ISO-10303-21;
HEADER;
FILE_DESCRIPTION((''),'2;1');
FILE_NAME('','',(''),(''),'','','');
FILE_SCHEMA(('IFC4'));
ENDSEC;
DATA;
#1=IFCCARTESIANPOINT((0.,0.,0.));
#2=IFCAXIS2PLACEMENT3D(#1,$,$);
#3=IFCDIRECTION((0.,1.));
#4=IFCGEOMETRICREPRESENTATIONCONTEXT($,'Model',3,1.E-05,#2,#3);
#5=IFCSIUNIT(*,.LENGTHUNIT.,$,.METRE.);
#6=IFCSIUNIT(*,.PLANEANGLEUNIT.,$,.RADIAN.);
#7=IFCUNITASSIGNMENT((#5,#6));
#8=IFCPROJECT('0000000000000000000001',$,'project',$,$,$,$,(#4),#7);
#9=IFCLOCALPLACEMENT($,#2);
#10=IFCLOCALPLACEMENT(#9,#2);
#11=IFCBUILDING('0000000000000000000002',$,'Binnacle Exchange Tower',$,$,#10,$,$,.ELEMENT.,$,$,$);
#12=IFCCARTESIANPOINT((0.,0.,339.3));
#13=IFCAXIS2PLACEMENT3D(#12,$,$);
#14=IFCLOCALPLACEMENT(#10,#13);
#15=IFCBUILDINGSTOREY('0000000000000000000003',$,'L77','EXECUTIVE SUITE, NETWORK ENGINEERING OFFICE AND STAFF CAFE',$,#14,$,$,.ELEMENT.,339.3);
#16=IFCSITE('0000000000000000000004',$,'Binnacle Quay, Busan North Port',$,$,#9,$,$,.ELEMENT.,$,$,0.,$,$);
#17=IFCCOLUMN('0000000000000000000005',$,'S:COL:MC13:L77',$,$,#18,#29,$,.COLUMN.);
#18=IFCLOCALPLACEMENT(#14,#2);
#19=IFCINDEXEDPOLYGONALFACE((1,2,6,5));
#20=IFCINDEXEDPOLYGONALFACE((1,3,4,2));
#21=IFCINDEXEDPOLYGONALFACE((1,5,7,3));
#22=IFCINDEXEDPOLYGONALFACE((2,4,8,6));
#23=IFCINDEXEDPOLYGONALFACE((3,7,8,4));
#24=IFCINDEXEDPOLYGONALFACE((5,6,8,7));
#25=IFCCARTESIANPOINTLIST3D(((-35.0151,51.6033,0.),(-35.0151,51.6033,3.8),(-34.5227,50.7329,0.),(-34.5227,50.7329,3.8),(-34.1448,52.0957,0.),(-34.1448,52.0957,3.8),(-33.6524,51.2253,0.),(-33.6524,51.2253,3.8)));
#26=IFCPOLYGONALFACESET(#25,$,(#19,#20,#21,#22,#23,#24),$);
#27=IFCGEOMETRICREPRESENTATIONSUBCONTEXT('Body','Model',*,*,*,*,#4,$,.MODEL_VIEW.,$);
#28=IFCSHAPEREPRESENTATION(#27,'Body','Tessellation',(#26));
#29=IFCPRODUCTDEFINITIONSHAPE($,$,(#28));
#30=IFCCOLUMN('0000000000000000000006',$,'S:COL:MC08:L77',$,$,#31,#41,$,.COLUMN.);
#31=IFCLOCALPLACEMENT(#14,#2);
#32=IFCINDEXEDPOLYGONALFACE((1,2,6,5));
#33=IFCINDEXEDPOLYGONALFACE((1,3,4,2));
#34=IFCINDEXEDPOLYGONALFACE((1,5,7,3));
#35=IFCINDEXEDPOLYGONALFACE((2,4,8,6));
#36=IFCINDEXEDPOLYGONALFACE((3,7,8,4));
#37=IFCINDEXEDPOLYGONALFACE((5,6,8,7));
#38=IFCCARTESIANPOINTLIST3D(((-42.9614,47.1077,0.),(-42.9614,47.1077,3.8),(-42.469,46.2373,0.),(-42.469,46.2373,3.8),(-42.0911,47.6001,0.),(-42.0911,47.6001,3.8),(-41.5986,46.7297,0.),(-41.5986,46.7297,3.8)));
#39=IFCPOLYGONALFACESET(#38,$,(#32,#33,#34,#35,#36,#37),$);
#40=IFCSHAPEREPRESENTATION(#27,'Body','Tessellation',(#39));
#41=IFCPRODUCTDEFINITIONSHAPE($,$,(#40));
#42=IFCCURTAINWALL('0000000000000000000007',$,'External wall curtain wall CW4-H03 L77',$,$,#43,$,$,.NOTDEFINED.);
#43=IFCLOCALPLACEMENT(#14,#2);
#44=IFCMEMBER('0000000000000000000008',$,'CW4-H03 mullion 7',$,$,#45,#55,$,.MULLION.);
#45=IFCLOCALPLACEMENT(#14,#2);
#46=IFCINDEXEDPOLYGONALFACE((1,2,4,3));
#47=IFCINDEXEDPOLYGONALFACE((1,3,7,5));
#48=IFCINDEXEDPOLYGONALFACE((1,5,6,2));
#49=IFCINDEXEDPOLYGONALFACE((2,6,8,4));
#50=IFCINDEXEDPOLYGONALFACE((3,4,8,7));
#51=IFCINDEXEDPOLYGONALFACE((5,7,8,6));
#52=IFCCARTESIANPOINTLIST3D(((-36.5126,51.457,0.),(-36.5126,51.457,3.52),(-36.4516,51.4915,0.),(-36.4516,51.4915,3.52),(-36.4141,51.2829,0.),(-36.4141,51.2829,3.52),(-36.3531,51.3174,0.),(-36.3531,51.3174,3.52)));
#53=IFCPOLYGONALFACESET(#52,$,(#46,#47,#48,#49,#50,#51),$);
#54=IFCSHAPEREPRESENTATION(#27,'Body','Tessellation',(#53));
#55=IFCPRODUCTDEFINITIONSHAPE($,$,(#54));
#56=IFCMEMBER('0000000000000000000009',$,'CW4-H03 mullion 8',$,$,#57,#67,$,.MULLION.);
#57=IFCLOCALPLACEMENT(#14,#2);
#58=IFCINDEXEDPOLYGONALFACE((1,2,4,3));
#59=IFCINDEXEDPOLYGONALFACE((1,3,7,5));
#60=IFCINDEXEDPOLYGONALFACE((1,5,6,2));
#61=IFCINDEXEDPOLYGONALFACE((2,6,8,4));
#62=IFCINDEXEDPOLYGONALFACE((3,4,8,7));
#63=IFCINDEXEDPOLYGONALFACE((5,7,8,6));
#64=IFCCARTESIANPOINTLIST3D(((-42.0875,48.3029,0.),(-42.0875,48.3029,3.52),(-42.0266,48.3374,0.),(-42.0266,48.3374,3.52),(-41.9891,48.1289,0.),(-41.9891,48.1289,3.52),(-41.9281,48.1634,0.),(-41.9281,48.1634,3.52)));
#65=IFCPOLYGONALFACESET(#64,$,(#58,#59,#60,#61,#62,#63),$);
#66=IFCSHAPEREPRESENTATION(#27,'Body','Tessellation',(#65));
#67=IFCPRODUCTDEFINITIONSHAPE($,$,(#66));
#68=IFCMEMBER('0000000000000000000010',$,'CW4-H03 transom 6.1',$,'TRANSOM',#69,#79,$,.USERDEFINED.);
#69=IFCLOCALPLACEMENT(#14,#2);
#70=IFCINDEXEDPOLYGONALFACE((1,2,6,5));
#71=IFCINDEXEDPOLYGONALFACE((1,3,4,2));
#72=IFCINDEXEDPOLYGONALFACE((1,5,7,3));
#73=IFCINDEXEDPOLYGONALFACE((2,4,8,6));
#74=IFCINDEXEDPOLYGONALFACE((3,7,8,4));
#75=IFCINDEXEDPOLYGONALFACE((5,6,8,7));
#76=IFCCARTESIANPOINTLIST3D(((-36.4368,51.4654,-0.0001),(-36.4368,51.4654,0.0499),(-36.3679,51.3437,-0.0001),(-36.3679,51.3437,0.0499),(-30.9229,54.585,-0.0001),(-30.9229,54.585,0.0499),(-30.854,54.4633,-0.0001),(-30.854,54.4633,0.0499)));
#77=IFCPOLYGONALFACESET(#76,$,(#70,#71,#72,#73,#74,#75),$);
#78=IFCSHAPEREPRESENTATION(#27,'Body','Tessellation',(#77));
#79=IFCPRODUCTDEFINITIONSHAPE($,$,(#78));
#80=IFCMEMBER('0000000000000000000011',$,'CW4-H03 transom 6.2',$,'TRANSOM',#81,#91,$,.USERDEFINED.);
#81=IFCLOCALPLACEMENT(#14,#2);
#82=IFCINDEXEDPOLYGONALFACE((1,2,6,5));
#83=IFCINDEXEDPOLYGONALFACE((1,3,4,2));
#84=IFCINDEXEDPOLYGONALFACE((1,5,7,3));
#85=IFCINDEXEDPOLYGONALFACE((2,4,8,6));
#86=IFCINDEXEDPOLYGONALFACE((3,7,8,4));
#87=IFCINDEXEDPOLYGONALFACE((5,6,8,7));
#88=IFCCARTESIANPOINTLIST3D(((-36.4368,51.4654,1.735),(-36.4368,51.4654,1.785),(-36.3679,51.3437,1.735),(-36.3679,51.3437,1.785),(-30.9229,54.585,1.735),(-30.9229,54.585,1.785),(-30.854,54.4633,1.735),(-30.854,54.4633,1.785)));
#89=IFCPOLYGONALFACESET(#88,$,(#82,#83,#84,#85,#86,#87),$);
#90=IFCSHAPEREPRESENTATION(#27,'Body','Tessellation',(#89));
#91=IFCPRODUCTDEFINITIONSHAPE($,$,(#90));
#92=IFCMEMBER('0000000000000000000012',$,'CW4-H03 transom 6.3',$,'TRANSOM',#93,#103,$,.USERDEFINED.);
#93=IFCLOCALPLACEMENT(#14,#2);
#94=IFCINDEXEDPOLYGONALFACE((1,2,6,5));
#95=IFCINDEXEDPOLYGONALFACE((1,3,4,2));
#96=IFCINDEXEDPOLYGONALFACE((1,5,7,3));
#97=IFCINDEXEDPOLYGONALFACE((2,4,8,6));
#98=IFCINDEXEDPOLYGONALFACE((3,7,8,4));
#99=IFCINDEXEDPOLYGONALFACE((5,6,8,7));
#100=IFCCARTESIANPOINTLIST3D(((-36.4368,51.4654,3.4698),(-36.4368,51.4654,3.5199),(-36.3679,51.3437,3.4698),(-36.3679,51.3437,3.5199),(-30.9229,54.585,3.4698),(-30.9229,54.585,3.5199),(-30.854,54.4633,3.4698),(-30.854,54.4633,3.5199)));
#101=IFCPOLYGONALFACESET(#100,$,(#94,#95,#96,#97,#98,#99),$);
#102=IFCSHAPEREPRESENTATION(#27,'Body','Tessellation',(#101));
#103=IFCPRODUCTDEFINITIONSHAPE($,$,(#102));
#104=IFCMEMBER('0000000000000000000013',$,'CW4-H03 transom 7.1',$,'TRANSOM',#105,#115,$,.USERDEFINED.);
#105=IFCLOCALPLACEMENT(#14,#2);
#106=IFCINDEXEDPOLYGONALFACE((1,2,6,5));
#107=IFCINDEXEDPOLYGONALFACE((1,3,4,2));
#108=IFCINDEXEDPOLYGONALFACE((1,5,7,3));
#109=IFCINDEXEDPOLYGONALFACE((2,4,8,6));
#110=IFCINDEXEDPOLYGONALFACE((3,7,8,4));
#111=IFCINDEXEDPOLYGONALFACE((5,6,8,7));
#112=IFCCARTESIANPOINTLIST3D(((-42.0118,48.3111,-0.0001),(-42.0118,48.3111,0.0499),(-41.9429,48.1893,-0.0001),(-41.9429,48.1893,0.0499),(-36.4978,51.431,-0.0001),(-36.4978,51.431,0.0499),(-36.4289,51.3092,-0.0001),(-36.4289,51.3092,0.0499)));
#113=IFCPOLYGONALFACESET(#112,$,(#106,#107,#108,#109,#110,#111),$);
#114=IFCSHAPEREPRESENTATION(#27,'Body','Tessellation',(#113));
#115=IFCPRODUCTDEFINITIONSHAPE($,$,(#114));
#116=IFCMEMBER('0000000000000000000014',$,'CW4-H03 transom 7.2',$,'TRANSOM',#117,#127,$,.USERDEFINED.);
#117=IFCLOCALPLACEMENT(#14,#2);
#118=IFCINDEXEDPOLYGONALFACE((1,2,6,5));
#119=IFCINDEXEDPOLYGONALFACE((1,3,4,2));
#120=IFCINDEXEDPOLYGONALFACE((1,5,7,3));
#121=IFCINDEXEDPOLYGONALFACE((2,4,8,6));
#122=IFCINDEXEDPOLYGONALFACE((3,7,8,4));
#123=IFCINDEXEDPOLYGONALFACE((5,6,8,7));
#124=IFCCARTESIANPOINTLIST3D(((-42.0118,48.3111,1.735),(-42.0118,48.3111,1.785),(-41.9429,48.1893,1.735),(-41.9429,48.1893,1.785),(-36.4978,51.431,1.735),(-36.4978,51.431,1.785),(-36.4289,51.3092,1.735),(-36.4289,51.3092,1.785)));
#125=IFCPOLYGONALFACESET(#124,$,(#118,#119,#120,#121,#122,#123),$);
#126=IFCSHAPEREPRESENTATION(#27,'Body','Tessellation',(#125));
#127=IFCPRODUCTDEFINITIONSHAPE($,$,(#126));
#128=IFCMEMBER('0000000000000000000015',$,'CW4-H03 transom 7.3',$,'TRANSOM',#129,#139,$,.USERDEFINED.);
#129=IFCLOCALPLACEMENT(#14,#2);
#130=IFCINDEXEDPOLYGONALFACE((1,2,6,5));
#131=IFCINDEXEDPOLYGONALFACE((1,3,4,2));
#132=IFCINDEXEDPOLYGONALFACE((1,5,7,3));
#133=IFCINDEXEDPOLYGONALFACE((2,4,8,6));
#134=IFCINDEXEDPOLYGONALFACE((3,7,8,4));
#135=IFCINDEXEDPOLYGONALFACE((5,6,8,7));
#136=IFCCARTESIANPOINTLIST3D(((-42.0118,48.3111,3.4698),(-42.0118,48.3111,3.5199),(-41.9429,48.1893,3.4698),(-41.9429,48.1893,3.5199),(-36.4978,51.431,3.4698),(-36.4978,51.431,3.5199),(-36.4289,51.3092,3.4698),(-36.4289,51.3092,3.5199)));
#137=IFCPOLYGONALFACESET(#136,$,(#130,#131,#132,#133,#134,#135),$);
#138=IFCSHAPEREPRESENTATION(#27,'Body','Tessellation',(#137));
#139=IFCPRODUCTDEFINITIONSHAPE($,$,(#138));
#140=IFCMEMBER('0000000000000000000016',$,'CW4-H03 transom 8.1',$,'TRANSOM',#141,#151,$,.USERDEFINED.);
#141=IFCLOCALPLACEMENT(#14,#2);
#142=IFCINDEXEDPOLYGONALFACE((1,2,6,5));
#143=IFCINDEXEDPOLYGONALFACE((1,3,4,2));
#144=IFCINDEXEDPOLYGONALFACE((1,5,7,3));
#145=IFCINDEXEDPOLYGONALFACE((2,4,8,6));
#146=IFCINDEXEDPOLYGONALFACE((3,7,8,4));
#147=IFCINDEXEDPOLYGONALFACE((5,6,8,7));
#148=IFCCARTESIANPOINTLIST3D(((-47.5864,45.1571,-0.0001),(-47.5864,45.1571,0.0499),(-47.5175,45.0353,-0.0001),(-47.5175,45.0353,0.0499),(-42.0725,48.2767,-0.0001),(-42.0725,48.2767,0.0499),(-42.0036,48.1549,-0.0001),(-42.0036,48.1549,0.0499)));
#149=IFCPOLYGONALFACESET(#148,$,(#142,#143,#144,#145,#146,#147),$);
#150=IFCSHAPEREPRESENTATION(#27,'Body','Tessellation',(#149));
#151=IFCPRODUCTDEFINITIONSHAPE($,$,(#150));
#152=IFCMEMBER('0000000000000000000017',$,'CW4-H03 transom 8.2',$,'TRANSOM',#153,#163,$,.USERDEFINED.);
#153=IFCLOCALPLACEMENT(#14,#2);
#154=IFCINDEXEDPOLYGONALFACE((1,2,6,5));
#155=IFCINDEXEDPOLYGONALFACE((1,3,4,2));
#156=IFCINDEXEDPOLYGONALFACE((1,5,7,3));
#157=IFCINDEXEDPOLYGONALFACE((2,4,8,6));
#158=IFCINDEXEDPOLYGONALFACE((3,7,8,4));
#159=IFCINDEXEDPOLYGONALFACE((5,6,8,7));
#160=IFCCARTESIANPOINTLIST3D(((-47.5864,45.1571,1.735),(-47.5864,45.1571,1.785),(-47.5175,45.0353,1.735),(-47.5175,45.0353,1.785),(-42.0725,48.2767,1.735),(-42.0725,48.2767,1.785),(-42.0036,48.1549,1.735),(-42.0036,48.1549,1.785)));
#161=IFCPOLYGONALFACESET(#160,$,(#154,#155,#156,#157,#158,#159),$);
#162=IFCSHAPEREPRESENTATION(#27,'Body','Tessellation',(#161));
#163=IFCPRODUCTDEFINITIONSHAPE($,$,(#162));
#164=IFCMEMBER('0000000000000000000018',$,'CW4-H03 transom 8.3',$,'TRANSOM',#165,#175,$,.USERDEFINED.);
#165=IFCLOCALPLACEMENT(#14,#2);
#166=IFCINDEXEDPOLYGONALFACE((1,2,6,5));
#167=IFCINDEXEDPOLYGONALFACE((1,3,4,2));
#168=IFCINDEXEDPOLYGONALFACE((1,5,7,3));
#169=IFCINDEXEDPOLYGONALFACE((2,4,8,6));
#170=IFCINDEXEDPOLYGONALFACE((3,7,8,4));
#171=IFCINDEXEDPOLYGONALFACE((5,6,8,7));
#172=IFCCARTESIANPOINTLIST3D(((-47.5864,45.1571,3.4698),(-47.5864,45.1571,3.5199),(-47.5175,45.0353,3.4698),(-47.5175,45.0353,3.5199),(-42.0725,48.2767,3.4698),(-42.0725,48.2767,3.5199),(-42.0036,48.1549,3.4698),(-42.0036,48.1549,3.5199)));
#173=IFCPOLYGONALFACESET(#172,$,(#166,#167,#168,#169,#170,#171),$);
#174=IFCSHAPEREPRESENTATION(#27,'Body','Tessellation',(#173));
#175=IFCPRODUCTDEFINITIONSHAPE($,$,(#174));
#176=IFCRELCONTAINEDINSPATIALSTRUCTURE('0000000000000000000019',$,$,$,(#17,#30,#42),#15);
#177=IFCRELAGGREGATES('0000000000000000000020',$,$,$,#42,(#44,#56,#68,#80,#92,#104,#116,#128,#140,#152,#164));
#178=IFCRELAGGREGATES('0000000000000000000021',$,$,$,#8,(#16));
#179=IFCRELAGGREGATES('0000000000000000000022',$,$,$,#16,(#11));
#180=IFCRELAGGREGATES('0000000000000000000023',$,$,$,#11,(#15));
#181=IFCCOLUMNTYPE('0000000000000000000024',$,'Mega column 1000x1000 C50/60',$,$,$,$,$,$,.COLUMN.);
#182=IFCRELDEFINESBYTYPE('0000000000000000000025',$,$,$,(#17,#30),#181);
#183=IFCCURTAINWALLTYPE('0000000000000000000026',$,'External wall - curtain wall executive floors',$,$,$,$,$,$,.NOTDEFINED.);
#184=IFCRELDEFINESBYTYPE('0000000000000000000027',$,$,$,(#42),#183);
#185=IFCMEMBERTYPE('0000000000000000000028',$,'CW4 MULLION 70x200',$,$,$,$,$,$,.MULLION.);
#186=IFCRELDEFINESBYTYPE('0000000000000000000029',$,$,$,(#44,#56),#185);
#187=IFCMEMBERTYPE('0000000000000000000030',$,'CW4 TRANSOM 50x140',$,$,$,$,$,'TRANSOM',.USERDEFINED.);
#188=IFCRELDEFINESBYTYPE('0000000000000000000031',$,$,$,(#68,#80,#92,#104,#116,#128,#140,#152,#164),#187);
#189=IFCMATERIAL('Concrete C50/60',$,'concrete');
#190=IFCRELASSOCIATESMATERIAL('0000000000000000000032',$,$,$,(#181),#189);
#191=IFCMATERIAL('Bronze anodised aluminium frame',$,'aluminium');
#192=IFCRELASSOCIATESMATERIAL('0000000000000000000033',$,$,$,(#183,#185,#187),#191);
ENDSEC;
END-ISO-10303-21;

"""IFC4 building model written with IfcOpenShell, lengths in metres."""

from ifc_helpers import new_model, si_unit, direction, frame, origin, origin_2d, place, context, subcontext, project, spatial, rectangle, extrude, material, material_profile, profile_set, type_object, element, aggregate, save


model = new_model("IFC4")

# Units and contexts
model_context = context("Model", 3, precision=1e-05, world=origin(), true_north=direction((0.0, 1.0)))
body_context = subcontext(model_context, "Body", "Model", "MODEL_VIEW")
ifc_project = project(units=[si_unit("LENGTHUNIT", "METRE"), si_unit("PLANEANGLEUNIT", "RADIAN")], contexts=[model_context])

# Site, building, storey
site_placement = place(None, origin())
site = spatial("IfcSite", under=ifc_project, at=site_placement, Name="Binnacle Quay, Busan North Port", CompositionType="ELEMENT", RefElevation=0.0)
building_placement = place(site_placement, origin())
building = spatial("IfcBuilding", under=site, at=building_placement, Name="Binnacle Exchange Tower", CompositionType="ELEMENT")
storey_placement = place(building_placement, frame((0.0, 0.0, 339.3)))
storey = spatial("IfcBuildingStorey", under=building, at=storey_placement, Name="L77", Description="EXECUTIVE SUITE, NETWORK ENGINEERING OFFICE AND STAFF CAFE", CompositionType="ELEMENT", Elevation=339.3)

# Columns
ifc_material_1 = material(Name="Concrete C50/60", Category="concrete")
ifc_material_profile_1 = material_profile(ifc_material_1, rectangle(XDim=1.0, YDim=1.0, at=origin_2d()), Name="Mega column 1000x1000 C50/60")
ifc_profile_set_1 = profile_set([ifc_material_profile_1], Name="Concrete C50/60")
column_type = type_object("IfcColumnType", Name="Mega column 1000x1000 C50/60", PredefinedType="COLUMN", material=ifc_profile_set_1)
for number, where, z_axis, x_axis, name in (
    (1, (-34.3337, 51.4143, 0.0), (0.0, 0.0, 1.0), (-0.870356, -0.492424, 0.0), "S:COL:MC13:L77"),
    (2, (-42.28, 46.9187, 0.0), (0.0, 0.0, 1.0), (-0.870356, -0.492424, 0.0), "S:COL:MC08:L77"),
):
    element("IfcColumn", number, at=place(storey_placement, frame(where, z_axis=z_axis, x_axis=x_axis)), inside=storey, type_object=column_type, Name=name, PredefinedType="COLUMN", context=body_context, shape_type="SweptSolid", body=[
        extrude(rectangle(XDim=1.0, YDim=1.0, at=origin_2d()), origin(), (0.0, 0.0, 1.0), 3.8),
    ])

# Curtain wall, members
ifc_material_2 = material(Name="Bronze anodised aluminium frame", Category="aluminium")
curtain_wall_type = type_object("IfcCurtainWallType", Name="External wall - curtain wall executive floors", PredefinedType="NOTDEFINED", material=ifc_material_2)
curtain_wall_placement = place(storey_placement, origin())
curtain_wall = element("IfcCurtainWall", 3, at=curtain_wall_placement, inside=storey, type_object=curtain_wall_type, Name="External wall curtain wall CW4-H03 L77", PredefinedType="NOTDEFINED")
ifc_material_profile_2 = material_profile(ifc_material_2, rectangle(XDim=0.2, YDim=0.0701, at=origin_2d()), Name="AL 70x200")
ifc_profile_set_2 = profile_set([ifc_material_profile_2], Name="Bronze anodised aluminium frame")
member_type_1 = type_object("IfcMemberType", Name="CW4 MULLION 70x200", PredefinedType="MULLION", material=ifc_profile_set_2)
member_1_placement = place(storey_placement, frame((-36.4329, 51.3872, 0.0), z_axis=(0.0, 0.0, 1.0), x_axis=(0.492424, -0.870356, 0.0)))
member_1 = element("IfcMember", 4, at=member_1_placement, type_object=member_type_1, Name="CW4-H03 mullion 7", PredefinedType="MULLION", context=body_context, shape_type="SweptSolid", body=[
    extrude(rectangle(XDim=0.2, YDim=0.0701, at=origin_2d()), origin(), (0.0, 0.0, 1.0), 3.52),
])
member_2_placement = place(storey_placement, frame((-42.0078, 48.2332, 0.0), z_axis=(0.0, 0.0, 1.0), x_axis=(0.492424, -0.870356, 0.0)))
member_2 = element("IfcMember", 5, at=member_2_placement, type_object=member_type_1, Name="CW4-H03 mullion 8", PredefinedType="MULLION", context=body_context, shape_type="SweptSolid", body=[
    extrude(rectangle(XDim=0.2, YDim=0.0701, at=origin_2d()), origin(), (0.0, 0.0, 1.0), 3.52),
])
ifc_material_profile_3 = material_profile(ifc_material_2, rectangle(XDim=0.1399, YDim=0.05, at=origin_2d()), Name="AL 140x50")
ifc_profile_set_3 = profile_set([ifc_material_profile_3], Name="Bronze anodised aluminium frame")
member_type_2 = type_object("IfcMemberType", Name="CW4 TRANSOM 50x140", ElementType="TRANSOM", PredefinedType="USERDEFINED", material=ifc_profile_set_3)
member_3_placement = place(storey_placement, frame((-30.8884, 54.5242, 0.0249), z_axis=(-0.870355, -0.492424, 0.0), x_axis=(0.492424, -0.870355, 0.0)))
member_3 = element("IfcMember", 6, at=member_3_placement, type_object=member_type_2, Name="CW4-H03 transom 6.1", ObjectType="TRANSOM", PredefinedType="USERDEFINED", context=body_context, shape_type="SweptSolid", body=[
    extrude(rectangle(XDim=0.1399, YDim=0.05, at=origin_2d()), origin(), (0.0, 0.0, 1.0), 6.3352),
])
member_4_placement = place(storey_placement, frame((-30.8884, 54.5242, 1.76), z_axis=(-0.870355, -0.492424, 0.0), x_axis=(0.492424, -0.870355, 0.0)))
member_4 = element("IfcMember", 7, at=member_4_placement, type_object=member_type_2, Name="CW4-H03 transom 6.2", ObjectType="TRANSOM", PredefinedType="USERDEFINED", context=body_context, shape_type="SweptSolid", body=[
    extrude(rectangle(XDim=0.1399, YDim=0.05, at=origin_2d()), origin(), (0.0, 0.0, 1.0), 6.3352),
])
member_5_placement = place(storey_placement, frame((-30.8884, 54.5242, 3.4949), z_axis=(-0.870355, -0.492424, 0.0), x_axis=(0.492424, -0.870355, 0.0)))
member_5 = element("IfcMember", 8, at=member_5_placement, type_object=member_type_2, Name="CW4-H03 transom 6.3", ObjectType="TRANSOM", PredefinedType="USERDEFINED", context=body_context, shape_type="SweptSolid", body=[
    extrude(rectangle(XDim=0.1399, YDim=0.05, at=origin_2d()), origin(), (0.0, 0.0, 1.0), 6.3352),
])
member_6_placement = place(storey_placement, frame((-36.4634, 51.3701, 0.0249), z_axis=(-0.870339, -0.492453, 0.0), x_axis=(0.492453, -0.870339, 0.0)))
member_6 = element("IfcMember", 9, at=member_6_placement, type_object=member_type_2, Name="CW4-H03 transom 7.1", ObjectType="TRANSOM", PredefinedType="USERDEFINED", context=body_context, shape_type="SweptSolid", body=[
    extrude(rectangle(XDim=0.1399, YDim=0.05, at=origin_2d()), origin(), (0.0, 0.0, 1.0), 6.3354),
])
member_7_placement = place(storey_placement, frame((-36.4634, 51.3701, 1.76), z_axis=(-0.870339, -0.492453, 0.0), x_axis=(0.492453, -0.870339, 0.0)))
member_7 = element("IfcMember", 10, at=member_7_placement, type_object=member_type_2, Name="CW4-H03 transom 7.2", ObjectType="TRANSOM", PredefinedType="USERDEFINED", context=body_context, shape_type="SweptSolid", body=[
    extrude(rectangle(XDim=0.1399, YDim=0.05, at=origin_2d()), origin(), (0.0, 0.0, 1.0), 6.3354),
])
member_8_placement = place(storey_placement, frame((-36.4634, 51.3701, 3.4949), z_axis=(-0.870339, -0.492453, 0.0), x_axis=(0.492453, -0.870339, 0.0)))
member_8 = element("IfcMember", 11, at=member_8_placement, type_object=member_type_2, Name="CW4-H03 transom 7.3", ObjectType="TRANSOM", PredefinedType="USERDEFINED", context=body_context, shape_type="SweptSolid", body=[
    extrude(rectangle(XDim=0.1399, YDim=0.05, at=origin_2d()), origin(), (0.0, 0.0, 1.0), 6.3354),
])
member_9_placement = place(storey_placement, frame((-42.0381, 48.2158, 0.0249), z_axis=(-0.870355, -0.492424, 0.0), x_axis=(0.492424, -0.870355, 0.0)))
member_9 = element("IfcMember", 12, at=member_9_placement, type_object=member_type_2, Name="CW4-H03 transom 8.1", ObjectType="TRANSOM", PredefinedType="USERDEFINED", context=body_context, shape_type="SweptSolid", body=[
    extrude(rectangle(XDim=0.1399, YDim=0.05, at=origin_2d()), origin(), (0.0, 0.0, 1.0), 6.3352),
])
member_10_placement = place(storey_placement, frame((-42.0381, 48.2158, 1.76), z_axis=(-0.870355, -0.492424, 0.0), x_axis=(0.492424, -0.870355, 0.0)))
member_10 = element("IfcMember", 13, at=member_10_placement, type_object=member_type_2, Name="CW4-H03 transom 8.2", ObjectType="TRANSOM", PredefinedType="USERDEFINED", context=body_context, shape_type="SweptSolid", body=[
    extrude(rectangle(XDim=0.1399, YDim=0.05, at=origin_2d()), origin(), (0.0, 0.0, 1.0), 6.3352),
])
member_11_placement = place(storey_placement, frame((-42.0381, 48.2158, 3.4949), z_axis=(-0.870355, -0.492424, 0.0), x_axis=(0.492424, -0.870355, 0.0)))
member_11 = element("IfcMember", 14, at=member_11_placement, type_object=member_type_2, Name="CW4-H03 transom 8.3", ObjectType="TRANSOM", PredefinedType="USERDEFINED", context=body_context, shape_type="SweptSolid", body=[
    extrude(rectangle(XDim=0.1399, YDim=0.05, at=origin_2d()), origin(), (0.0, 0.0, 1.0), 6.3352),
])

aggregate(curtain_wall, [member_1, member_2, member_3, member_4, member_5, member_6, member_7, member_8, member_9, member_10, member_11])

save(model, "model.ifc")
